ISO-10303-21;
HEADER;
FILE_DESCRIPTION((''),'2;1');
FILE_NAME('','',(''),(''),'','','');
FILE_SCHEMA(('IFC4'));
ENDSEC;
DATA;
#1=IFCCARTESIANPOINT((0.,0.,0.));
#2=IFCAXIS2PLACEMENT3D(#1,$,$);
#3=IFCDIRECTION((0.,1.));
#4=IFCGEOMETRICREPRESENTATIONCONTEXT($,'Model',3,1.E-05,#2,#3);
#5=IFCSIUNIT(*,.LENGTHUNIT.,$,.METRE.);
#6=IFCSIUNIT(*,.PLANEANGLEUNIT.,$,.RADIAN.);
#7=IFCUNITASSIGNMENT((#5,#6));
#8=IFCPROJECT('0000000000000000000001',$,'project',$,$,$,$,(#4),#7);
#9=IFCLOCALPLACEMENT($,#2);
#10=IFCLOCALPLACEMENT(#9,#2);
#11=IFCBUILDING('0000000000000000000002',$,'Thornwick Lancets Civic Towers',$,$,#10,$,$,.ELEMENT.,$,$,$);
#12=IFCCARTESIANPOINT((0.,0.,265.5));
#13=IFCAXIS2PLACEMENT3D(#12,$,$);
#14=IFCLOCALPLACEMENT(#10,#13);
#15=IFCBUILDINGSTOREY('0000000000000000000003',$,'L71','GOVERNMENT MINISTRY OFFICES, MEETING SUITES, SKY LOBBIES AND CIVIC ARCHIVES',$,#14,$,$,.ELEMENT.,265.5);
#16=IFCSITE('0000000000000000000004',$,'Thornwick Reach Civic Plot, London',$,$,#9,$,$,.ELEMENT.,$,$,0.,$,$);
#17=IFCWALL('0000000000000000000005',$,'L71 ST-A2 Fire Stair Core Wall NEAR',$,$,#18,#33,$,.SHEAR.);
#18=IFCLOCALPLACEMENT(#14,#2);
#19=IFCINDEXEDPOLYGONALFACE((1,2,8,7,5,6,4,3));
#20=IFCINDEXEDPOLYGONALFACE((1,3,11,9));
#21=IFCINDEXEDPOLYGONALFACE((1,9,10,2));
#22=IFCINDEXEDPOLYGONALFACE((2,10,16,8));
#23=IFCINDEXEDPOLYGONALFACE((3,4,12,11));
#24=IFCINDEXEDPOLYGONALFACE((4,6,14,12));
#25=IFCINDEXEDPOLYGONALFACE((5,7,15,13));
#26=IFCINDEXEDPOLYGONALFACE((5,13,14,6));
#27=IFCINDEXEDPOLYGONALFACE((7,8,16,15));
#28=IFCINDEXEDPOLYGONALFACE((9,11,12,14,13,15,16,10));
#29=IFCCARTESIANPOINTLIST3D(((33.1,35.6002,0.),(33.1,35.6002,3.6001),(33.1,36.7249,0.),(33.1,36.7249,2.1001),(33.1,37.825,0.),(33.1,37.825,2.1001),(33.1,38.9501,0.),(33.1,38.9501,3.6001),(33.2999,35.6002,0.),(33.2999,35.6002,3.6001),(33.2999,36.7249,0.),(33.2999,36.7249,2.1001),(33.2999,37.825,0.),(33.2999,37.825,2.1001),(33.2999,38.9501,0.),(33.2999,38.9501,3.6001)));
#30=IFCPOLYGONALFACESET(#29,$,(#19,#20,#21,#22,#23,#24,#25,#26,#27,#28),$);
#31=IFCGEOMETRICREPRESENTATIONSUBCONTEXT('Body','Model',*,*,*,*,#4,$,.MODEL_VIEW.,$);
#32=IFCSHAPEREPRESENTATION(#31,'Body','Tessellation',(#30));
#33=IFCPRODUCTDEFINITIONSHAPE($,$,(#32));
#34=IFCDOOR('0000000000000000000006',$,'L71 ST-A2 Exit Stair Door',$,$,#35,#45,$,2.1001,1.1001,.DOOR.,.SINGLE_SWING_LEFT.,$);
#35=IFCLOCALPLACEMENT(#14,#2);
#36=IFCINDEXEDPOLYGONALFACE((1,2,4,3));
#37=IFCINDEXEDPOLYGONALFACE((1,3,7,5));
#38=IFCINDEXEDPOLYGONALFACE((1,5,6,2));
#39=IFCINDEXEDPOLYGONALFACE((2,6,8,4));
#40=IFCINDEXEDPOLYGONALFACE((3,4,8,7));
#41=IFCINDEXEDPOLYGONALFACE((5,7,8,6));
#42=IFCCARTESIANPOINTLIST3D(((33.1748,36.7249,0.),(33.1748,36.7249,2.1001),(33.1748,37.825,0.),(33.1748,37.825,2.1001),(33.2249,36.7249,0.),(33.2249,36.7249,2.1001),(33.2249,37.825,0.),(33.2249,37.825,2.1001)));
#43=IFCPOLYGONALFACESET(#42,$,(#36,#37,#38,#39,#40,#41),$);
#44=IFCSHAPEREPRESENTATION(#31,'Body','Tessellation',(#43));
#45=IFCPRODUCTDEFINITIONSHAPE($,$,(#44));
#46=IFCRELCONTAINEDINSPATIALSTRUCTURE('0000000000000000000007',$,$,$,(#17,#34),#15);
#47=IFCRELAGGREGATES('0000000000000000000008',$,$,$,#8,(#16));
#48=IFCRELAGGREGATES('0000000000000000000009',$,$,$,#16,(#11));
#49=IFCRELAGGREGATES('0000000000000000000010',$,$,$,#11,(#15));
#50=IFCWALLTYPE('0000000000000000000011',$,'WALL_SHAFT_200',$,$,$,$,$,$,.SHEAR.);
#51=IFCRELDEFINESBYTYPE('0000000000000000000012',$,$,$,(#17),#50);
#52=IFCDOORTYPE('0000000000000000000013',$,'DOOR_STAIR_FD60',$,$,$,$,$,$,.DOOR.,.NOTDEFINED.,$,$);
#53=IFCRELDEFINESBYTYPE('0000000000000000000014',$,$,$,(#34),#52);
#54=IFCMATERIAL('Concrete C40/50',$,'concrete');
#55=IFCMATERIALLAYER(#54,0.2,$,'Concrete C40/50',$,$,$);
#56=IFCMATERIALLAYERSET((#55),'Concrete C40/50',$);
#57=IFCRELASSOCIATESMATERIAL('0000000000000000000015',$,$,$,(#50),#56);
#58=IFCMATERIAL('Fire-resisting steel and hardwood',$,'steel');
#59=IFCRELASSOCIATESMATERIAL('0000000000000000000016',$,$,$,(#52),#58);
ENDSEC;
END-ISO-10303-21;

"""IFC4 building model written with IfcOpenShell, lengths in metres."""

from ifc_helpers import new_model, si_unit, direction, frame, frame_2d, origin, place, context, subcontext, project, spatial, rectangle, extrude, material, layer, layer_set, type_object, element, fill, save


model = new_model("IFC4")

# Units and contexts
model_context = context("Model", 3, precision=1e-05, world=origin(), true_north=direction((0.0, 1.0)))
body_context = subcontext(model_context, "Body", "Model", "MODEL_VIEW")
ifc_project = project(units=[si_unit("LENGTHUNIT", "METRE"), si_unit("PLANEANGLEUNIT", "RADIAN")], contexts=[model_context])

# Site, building, storey
site_placement = place(None, origin())
site = spatial("IfcSite", under=ifc_project, at=site_placement, Name="Thornwick Reach Civic Plot, London", CompositionType="ELEMENT", RefElevation=0.0)
building_placement = place(site_placement, origin())
building = spatial("IfcBuilding", under=site, at=building_placement, Name="Thornwick Lancets Civic Towers", CompositionType="ELEMENT")
storey_placement = place(building_placement, frame((0.0, 0.0, 265.5)))
storey = spatial("IfcBuildingStorey", under=building, at=storey_placement, Name="L71", Description="GOVERNMENT MINISTRY OFFICES, MEETING SUITES, SKY LOBBIES AND CIVIC ARCHIVES", CompositionType="ELEMENT", Elevation=265.5)

# Wall, opening, door
ifc_material_1 = material(Name="Concrete C40/50", Category="concrete")
ifc_layer_1 = layer(ifc_material_1, 0.2, Name="Concrete C40/50")
ifc_layer_set_1 = layer_set([ifc_layer_1], Name="Concrete C40/50")
wall_type_1 = type_object("IfcWallType", Name="WALL_SHAFT_200", PredefinedType="SHEAR", material=ifc_layer_set_1)
wall_1_placement = place(storey_placement, frame((33.2, 38.95, 0.0), z_axis=(0.0, 0.0, 1.0), x_axis=(0.0, -1.0, 0.0)))
wall_1 = element("IfcWall", 1, at=wall_1_placement, inside=storey, type_object=wall_type_1, Name="L71 ST-A2 Fire Stair Core Wall NEAR", PredefinedType="SHEAR", context=body_context, shape_type="SweptSolid", body=[
    extrude(rectangle(XDim=3.3499, YDim=0.2, at=frame_2d((1.6748, 0.0))), origin(), (0.0, 0.0, 1.0), 3.6001),
])
opening_1_placement = place(wall_1_placement, frame((1.125, 0.0, 0.0)))
opening_1 = element("IfcOpeningElement", 2, at=opening_1_placement, cuts=wall_1, PredefinedType="OPENING", context=body_context, shape_type="SweptSolid", body=[
    extrude(rectangle(XDim=1.1001, YDim=2.1001, at=frame_2d((0.55, 1.05))), frame((0.0, 0.1099, 0.0), z_axis=(0.0, -1.0, 0.0), x_axis=(1.0, 0.0, 0.0)), (0.0, 0.0, 1.0), 0.22),
])
ifc_material_2 = material(Name="Fire-resisting steel and hardwood", Category="steel")
door_type = type_object("IfcDoorType", Name="DOOR_STAIR_FD60", OperationType="NOTDEFINED", PredefinedType="DOOR", material=ifc_material_2)
door_placement = place(opening_1_placement, origin())
door = element("IfcDoor", 3, at=door_placement, inside=storey, type_object=door_type, Name="L71 ST-A2 Exit Stair Door", OperationType="SINGLE_SWING_LEFT", OverallHeight=2.1001, OverallWidth=1.1001, PredefinedType="DOOR", context=body_context, shape_type="SweptSolid", body=[
    extrude(rectangle(XDim=1.1001, YDim=2.1001, at=frame_2d((0.55, 1.05))), frame((0.0, 0.0249, 0.0), z_axis=(0.0, -1.0, 0.0), x_axis=(1.0, 0.0, 0.0)), (0.0, 0.0, 1.0), 0.05),
])
fill(opening_1, door)

save(model, "model.ifc")
